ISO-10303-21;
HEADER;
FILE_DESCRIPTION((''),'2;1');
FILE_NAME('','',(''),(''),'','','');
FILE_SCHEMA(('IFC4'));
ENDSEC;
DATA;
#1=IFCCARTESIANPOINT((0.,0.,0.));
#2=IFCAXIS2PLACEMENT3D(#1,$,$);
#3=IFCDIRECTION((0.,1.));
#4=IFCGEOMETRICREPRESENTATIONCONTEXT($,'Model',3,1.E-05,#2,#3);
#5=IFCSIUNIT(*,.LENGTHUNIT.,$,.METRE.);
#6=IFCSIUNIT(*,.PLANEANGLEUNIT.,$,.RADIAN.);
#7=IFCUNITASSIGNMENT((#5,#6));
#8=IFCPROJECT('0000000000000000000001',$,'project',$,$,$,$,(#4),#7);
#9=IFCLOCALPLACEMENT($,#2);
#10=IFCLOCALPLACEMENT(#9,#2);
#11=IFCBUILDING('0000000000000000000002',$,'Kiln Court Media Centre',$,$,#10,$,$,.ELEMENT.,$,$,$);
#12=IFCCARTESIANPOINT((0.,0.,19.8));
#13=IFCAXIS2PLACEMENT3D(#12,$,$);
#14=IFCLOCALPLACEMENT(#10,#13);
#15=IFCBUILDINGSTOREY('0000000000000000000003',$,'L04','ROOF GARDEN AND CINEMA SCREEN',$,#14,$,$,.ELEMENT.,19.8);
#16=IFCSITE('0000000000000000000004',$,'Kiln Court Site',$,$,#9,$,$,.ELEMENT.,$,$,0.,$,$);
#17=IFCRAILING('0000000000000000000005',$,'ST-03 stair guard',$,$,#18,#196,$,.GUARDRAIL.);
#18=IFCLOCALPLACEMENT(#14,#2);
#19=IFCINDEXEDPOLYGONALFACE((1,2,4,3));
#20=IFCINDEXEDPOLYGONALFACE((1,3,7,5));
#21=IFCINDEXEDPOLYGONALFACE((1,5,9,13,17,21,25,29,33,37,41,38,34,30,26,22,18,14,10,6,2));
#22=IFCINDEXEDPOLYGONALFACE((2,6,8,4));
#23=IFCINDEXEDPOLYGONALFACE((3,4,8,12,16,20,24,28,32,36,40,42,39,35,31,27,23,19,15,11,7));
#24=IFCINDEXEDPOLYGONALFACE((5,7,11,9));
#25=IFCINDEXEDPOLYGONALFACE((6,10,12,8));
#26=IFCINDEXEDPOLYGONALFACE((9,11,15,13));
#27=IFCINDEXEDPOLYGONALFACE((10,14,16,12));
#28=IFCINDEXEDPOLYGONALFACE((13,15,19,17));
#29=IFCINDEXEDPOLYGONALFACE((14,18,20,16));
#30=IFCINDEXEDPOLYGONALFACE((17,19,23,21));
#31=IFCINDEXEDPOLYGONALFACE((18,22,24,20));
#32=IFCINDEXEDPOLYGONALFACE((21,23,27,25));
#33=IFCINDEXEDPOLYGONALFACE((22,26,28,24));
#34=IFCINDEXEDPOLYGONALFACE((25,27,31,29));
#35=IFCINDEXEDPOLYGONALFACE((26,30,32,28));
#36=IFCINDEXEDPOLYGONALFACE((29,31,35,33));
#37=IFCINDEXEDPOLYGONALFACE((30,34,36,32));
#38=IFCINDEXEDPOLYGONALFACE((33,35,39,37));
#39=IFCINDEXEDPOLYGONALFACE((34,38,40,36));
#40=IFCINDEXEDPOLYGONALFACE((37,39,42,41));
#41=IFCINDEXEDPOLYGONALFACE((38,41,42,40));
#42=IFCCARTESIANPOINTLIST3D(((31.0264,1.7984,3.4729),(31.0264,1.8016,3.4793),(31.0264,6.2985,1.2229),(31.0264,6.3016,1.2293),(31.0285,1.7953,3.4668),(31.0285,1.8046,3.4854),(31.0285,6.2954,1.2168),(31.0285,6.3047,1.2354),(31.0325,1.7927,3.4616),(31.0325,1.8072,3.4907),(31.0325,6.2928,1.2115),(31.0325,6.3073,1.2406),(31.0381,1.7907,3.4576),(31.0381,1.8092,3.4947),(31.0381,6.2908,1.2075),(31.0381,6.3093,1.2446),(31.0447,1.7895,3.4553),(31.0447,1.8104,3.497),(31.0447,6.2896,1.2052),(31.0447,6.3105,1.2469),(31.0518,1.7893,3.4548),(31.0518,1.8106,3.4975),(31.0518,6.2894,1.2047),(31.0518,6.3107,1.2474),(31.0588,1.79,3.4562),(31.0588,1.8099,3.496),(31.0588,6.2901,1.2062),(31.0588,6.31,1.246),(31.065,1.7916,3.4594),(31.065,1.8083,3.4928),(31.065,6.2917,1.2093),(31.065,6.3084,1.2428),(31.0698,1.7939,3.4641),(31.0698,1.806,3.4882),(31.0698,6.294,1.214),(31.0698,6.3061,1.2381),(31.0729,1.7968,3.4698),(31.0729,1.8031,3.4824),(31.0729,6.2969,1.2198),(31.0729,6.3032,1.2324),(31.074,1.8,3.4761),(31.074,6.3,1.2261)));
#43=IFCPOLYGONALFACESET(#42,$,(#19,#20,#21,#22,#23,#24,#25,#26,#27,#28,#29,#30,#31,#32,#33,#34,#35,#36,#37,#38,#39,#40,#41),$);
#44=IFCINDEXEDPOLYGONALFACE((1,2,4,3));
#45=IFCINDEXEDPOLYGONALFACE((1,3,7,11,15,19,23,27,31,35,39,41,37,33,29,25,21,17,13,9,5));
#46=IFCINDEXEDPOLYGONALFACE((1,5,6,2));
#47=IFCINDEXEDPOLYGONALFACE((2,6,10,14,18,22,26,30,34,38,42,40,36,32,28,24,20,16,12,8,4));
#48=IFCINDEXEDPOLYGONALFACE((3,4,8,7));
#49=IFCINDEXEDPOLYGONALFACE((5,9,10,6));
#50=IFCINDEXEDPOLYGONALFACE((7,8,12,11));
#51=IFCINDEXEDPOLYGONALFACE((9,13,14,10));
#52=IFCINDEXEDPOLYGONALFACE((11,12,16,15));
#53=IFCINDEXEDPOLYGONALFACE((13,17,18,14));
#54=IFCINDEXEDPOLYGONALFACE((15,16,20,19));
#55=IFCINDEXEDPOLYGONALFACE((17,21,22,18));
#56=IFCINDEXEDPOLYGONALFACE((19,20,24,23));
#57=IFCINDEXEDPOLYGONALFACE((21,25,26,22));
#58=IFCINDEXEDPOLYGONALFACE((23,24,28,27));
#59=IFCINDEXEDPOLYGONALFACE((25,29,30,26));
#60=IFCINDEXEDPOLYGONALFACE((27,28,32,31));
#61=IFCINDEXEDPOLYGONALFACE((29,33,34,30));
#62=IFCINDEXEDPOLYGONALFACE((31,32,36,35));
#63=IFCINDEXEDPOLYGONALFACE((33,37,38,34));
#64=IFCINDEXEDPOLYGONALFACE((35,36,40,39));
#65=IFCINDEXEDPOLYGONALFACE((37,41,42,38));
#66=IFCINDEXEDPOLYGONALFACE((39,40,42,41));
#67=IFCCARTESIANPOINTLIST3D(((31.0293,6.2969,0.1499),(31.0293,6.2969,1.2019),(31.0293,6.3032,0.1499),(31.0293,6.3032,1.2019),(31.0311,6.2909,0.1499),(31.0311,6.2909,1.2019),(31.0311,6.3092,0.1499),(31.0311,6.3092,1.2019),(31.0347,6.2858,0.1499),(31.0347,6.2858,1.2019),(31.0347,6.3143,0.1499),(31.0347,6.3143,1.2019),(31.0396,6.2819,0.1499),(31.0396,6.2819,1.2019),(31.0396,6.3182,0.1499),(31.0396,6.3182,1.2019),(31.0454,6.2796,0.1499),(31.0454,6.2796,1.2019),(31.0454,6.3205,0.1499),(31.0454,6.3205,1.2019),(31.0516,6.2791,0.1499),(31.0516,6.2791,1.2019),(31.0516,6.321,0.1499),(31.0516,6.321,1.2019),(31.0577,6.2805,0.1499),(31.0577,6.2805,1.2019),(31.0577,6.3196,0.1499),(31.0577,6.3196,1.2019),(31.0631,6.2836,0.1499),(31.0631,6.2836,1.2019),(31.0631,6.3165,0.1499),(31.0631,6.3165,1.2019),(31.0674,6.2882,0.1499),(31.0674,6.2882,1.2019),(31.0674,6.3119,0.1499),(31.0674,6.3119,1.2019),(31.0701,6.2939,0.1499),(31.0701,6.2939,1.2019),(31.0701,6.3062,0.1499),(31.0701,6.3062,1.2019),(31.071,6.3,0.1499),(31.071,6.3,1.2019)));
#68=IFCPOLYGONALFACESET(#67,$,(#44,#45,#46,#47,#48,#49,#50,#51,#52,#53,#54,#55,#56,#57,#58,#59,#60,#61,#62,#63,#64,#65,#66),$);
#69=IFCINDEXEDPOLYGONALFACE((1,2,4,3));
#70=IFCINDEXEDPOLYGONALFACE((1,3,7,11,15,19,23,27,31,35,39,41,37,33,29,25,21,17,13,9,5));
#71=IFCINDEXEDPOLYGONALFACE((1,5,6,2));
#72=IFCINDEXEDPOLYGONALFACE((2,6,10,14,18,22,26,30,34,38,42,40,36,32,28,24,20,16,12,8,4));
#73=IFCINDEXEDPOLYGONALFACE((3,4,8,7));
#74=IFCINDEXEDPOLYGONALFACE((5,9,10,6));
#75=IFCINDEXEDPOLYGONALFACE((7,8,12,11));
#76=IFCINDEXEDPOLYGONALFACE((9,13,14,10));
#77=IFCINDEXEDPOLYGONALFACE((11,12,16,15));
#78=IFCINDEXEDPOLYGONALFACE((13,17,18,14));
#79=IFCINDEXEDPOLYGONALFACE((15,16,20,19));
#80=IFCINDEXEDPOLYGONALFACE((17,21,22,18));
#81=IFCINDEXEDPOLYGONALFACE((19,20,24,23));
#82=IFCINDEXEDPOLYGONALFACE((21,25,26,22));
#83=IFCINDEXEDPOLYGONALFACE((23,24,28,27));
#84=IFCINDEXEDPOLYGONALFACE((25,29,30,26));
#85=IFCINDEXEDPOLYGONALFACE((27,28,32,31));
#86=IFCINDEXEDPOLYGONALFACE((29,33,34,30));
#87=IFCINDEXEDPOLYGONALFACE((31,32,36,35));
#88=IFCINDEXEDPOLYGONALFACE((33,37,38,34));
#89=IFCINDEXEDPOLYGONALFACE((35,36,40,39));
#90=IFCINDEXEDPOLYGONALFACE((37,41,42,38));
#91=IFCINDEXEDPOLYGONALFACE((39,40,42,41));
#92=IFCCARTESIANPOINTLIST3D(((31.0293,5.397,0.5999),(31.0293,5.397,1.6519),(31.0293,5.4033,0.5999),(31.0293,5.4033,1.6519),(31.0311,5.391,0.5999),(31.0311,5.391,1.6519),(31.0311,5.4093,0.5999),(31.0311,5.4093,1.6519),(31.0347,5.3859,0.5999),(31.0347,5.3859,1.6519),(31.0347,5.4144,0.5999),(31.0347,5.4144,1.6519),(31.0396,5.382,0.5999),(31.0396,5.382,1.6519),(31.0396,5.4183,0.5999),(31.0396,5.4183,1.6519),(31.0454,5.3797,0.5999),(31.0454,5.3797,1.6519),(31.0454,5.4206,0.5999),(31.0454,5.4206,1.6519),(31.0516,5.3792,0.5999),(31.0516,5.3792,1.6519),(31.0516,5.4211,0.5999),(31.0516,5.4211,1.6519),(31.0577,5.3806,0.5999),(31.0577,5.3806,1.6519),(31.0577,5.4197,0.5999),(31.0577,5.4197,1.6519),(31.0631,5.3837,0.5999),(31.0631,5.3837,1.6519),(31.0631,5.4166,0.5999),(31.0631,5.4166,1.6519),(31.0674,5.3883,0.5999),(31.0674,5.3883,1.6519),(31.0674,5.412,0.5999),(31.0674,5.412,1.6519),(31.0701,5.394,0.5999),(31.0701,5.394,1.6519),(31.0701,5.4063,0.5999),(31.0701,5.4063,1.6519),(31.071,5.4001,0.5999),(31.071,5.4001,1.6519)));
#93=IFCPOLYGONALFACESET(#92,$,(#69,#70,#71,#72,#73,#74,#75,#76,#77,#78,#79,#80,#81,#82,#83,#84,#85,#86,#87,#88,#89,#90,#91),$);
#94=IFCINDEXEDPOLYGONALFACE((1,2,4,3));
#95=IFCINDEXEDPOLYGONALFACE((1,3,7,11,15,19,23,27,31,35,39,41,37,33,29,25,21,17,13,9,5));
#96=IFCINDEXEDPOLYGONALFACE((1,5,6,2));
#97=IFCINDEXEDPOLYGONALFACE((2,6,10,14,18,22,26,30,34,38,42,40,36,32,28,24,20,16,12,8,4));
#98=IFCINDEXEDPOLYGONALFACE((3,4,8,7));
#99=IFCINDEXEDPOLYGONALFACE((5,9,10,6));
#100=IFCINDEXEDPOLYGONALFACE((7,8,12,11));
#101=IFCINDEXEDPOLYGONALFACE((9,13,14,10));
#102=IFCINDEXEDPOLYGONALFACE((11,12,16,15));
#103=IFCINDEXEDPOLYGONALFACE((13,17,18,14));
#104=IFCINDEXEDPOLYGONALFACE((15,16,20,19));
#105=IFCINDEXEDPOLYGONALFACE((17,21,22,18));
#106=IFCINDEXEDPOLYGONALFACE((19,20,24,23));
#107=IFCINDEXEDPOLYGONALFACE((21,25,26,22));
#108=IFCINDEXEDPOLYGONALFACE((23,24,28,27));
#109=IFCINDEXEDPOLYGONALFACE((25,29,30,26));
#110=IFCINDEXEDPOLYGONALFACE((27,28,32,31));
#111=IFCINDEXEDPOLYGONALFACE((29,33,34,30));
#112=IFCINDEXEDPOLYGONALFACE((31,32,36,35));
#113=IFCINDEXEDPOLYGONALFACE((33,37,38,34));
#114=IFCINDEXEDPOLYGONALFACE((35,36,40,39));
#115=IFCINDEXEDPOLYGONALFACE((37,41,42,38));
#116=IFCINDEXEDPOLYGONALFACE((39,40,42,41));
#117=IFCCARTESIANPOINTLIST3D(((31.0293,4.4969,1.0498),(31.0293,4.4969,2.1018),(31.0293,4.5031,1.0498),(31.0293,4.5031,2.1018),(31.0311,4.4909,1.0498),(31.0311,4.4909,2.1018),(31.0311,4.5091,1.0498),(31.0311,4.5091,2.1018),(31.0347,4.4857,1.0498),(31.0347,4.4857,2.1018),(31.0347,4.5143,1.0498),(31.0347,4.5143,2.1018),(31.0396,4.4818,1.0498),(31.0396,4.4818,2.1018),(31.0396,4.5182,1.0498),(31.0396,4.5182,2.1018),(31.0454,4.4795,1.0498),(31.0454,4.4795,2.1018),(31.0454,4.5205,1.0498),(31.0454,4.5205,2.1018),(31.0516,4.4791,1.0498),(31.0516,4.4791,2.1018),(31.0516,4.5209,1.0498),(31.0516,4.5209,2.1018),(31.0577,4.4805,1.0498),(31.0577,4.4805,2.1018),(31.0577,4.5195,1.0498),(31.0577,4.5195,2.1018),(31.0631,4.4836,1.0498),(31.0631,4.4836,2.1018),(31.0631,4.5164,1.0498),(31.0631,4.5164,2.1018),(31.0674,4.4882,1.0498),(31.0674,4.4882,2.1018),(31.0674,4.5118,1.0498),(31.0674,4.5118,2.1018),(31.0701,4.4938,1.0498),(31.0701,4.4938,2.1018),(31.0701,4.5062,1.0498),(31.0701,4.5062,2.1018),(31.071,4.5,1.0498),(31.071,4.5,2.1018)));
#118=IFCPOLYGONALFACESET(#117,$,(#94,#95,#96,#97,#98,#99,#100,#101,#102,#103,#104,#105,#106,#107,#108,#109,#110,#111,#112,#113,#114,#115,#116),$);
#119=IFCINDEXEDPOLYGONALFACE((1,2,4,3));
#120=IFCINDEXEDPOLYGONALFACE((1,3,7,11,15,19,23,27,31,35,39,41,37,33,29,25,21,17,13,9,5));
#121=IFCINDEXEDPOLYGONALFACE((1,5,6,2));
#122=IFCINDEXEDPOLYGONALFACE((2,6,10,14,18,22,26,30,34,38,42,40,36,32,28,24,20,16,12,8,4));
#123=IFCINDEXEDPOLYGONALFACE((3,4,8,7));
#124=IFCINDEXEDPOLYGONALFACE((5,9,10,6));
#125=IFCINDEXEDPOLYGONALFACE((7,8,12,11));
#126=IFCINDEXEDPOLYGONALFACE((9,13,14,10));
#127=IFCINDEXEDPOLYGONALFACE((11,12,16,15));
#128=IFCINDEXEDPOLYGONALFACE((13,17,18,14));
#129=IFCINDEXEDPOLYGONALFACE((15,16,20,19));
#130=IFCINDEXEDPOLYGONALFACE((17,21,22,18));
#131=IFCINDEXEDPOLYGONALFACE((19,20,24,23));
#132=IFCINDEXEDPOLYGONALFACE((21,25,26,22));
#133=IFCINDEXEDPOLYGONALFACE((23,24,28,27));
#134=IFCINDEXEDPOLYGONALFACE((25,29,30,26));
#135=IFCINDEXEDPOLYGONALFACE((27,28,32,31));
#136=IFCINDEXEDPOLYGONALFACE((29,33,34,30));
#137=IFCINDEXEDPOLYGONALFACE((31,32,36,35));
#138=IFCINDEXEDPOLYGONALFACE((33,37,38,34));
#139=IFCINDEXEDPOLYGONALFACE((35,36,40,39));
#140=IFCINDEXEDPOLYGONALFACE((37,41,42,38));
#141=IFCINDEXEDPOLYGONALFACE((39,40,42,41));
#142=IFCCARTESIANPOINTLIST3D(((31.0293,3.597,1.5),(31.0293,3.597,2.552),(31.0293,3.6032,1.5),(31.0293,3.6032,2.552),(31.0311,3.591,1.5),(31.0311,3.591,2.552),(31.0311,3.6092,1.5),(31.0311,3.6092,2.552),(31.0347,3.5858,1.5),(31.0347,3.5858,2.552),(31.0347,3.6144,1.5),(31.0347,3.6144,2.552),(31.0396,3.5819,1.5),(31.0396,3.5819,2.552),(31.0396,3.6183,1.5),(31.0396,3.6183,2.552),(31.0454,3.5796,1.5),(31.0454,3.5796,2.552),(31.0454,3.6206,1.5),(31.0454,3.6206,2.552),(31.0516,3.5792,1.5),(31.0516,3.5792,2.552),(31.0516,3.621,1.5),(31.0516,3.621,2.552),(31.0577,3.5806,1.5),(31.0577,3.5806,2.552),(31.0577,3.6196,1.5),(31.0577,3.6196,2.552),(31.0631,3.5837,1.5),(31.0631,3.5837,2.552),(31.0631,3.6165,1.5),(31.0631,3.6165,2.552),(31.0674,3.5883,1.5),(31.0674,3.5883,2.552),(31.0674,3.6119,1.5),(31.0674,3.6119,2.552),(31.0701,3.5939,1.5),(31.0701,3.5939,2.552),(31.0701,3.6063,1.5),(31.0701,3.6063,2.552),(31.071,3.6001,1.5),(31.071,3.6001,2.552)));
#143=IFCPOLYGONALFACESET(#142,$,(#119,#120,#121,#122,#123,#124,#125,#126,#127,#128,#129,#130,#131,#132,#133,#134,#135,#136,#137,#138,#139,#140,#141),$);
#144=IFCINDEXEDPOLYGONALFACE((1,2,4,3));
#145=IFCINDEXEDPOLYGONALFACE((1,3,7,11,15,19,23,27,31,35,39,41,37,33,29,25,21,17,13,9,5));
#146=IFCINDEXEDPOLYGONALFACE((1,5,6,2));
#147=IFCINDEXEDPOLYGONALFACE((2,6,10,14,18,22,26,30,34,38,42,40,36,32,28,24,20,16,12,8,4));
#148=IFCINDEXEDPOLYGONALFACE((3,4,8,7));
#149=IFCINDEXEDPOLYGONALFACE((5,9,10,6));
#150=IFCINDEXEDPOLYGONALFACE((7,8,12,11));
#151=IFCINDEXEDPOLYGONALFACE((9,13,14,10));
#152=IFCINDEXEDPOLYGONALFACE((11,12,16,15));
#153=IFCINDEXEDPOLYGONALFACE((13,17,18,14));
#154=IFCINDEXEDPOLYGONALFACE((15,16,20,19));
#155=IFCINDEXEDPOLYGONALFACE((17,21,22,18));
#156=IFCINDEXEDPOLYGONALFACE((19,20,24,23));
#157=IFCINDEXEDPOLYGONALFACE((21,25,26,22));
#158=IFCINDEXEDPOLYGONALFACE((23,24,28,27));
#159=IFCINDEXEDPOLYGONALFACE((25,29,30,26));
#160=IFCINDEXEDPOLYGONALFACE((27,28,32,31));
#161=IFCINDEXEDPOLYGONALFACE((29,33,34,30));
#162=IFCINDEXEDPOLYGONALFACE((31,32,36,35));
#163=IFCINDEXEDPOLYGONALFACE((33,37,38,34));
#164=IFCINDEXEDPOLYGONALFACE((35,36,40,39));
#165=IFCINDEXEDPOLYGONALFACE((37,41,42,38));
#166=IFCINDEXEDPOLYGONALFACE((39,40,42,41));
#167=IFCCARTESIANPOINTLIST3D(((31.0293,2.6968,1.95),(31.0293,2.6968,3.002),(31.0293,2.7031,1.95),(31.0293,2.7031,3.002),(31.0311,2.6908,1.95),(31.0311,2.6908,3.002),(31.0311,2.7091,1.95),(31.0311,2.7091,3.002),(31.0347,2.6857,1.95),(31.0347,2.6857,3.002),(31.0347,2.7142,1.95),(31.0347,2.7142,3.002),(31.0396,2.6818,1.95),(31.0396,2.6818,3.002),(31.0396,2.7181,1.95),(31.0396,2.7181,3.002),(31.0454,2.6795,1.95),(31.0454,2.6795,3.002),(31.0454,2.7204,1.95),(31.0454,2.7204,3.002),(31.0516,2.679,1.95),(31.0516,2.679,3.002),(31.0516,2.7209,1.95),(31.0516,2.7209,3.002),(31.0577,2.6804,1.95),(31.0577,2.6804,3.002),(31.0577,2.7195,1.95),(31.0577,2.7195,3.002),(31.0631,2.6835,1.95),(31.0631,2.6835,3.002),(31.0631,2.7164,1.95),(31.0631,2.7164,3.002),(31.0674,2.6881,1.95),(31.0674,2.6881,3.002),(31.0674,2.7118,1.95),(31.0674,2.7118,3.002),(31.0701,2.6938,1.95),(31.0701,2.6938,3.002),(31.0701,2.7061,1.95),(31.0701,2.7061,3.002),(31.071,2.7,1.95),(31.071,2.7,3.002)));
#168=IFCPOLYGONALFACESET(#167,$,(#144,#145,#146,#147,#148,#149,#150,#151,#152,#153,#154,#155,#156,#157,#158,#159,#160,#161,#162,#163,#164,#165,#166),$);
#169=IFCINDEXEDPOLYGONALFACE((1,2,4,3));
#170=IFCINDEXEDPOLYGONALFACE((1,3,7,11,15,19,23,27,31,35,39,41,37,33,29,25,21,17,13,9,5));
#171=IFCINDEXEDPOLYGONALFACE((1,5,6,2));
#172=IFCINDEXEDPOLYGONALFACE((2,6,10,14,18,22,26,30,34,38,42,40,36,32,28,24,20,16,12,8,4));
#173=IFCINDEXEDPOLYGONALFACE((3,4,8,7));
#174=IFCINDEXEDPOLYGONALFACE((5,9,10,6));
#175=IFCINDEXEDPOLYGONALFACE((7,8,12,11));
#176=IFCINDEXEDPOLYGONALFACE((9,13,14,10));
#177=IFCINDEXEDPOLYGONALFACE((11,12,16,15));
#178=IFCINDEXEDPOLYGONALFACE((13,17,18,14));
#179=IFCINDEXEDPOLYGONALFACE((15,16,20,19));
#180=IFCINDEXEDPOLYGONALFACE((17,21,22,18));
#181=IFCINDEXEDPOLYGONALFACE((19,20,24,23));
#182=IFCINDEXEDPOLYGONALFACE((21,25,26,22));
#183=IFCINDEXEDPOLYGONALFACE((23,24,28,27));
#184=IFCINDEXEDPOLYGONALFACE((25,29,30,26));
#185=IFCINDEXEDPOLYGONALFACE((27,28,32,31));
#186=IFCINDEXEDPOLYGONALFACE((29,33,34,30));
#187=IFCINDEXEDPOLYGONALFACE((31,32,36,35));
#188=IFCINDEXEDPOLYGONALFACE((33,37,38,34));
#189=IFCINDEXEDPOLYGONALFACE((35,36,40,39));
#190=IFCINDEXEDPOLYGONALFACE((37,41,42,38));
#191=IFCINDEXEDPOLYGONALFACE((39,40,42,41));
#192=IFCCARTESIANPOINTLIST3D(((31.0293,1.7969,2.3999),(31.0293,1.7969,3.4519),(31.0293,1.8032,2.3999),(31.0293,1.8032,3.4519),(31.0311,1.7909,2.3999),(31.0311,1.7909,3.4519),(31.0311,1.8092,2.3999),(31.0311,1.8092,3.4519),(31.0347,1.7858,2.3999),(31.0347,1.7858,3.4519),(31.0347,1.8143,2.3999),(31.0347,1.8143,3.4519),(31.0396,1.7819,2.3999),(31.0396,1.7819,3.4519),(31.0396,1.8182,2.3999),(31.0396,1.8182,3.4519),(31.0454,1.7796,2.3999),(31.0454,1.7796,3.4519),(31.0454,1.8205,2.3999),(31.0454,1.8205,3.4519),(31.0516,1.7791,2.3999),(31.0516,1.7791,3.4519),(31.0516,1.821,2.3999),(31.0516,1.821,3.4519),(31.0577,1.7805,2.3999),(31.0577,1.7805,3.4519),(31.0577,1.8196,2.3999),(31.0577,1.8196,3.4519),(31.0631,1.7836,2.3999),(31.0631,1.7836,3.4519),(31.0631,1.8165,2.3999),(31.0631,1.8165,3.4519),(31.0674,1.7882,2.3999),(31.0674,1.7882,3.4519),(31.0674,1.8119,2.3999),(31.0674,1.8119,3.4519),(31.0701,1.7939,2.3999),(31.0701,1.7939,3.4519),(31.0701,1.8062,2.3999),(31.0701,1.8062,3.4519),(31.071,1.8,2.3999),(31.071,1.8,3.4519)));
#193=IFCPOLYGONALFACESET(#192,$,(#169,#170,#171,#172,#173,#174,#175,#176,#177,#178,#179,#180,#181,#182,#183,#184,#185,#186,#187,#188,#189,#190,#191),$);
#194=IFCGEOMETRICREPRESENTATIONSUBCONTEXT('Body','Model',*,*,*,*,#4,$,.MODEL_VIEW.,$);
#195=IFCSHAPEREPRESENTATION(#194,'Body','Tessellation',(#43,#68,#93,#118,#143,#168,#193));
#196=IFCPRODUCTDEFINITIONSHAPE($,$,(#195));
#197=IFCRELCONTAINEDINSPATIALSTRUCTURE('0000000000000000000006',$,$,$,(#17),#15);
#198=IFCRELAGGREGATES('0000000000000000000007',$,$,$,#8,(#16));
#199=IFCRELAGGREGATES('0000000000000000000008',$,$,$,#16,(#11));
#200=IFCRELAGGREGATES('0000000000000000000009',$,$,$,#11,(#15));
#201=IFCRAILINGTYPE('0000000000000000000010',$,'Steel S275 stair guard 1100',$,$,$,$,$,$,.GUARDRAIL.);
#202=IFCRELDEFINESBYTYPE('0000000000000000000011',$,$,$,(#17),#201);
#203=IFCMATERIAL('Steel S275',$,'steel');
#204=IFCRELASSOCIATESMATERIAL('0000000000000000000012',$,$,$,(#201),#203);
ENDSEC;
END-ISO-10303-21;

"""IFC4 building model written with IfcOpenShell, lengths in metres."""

from ifc_helpers import new_model, si_unit, direction, frame, origin, origin_2d, place, context, subcontext, project, spatial, circle, extrude, material, type_object, element, save


model = new_model("IFC4")

# Units and contexts
model_context = context("Model", 3, precision=1e-05, world=origin(), true_north=direction((0.0, 1.0)))
body_context = subcontext(model_context, "Body", "Model", "MODEL_VIEW")
ifc_project = project(units=[si_unit("LENGTHUNIT", "METRE"), si_unit("PLANEANGLEUNIT", "RADIAN")], contexts=[model_context])

# Site, building, storey
site_placement = place(None, origin())
site = spatial("IfcSite", under=ifc_project, at=site_placement, Name="Kiln Court Site", CompositionType="ELEMENT", RefElevation=0.0)
building_placement = place(site_placement, origin())
building = spatial("IfcBuilding", under=site, at=building_placement, Name="Kiln Court Media Centre", CompositionType="ELEMENT")
storey_placement = place(building_placement, frame((0.0, 0.0, 19.8)))
storey = spatial("IfcBuildingStorey", under=building, at=storey_placement, Name="L04", Description="ROOF GARDEN AND CINEMA SCREEN", CompositionType="ELEMENT", Elevation=19.8)

# Railing
ifc_material_1 = material(Name="Steel S275", Category="steel")
railing_type_1 = type_object("IfcRailingType", Name="Steel S275 stair guard 1100", PredefinedType="GUARDRAIL", material=ifc_material_1)
railing_1_placement = place(storey_placement, frame((31.05, 6.3, 0.1499)))
element("IfcRailing", 1, at=railing_1_placement, inside=storey, type_object=railing_type_1, Name="ST-03 stair guard", PredefinedType="GUARDRAIL", context=body_context, shape_type="SweptSolid", body=[
    extrude(circle(Radius=0.0239, at=origin_2d()), frame((0.0, 0.0, 1.0762), z_axis=(0.0, -0.894427, 0.447214), x_axis=(1.0, 0.0, 0.0)), (0.0, 0.0, 1.0), 5.0312),
    extrude(circle(Radius=0.021, at=origin_2d()), origin(), (0.0, 0.0, 1.0), 1.052),
    extrude(circle(Radius=0.021, at=origin_2d()), frame((0.0, -0.8999, 0.45)), (0.0, 0.0, 1.0), 1.052),
    extrude(circle(Radius=0.021, at=origin_2d()), frame((0.0, -1.8, 0.8999)), (0.0, 0.0, 1.0), 1.052),
    extrude(circle(Radius=0.021, at=origin_2d()), frame((0.0, -2.7, 1.3501)), (0.0, 0.0, 1.0), 1.052),
    extrude(circle(Radius=0.021, at=origin_2d()), frame((0.0, -3.6001, 1.8)), (0.0, 0.0, 1.0), 1.052),
    extrude(circle(Radius=0.021, at=origin_2d()), frame((0.0, -4.5, 2.25)), (0.0, 0.0, 1.0), 1.052),
])

save(model, "model.ifc")
